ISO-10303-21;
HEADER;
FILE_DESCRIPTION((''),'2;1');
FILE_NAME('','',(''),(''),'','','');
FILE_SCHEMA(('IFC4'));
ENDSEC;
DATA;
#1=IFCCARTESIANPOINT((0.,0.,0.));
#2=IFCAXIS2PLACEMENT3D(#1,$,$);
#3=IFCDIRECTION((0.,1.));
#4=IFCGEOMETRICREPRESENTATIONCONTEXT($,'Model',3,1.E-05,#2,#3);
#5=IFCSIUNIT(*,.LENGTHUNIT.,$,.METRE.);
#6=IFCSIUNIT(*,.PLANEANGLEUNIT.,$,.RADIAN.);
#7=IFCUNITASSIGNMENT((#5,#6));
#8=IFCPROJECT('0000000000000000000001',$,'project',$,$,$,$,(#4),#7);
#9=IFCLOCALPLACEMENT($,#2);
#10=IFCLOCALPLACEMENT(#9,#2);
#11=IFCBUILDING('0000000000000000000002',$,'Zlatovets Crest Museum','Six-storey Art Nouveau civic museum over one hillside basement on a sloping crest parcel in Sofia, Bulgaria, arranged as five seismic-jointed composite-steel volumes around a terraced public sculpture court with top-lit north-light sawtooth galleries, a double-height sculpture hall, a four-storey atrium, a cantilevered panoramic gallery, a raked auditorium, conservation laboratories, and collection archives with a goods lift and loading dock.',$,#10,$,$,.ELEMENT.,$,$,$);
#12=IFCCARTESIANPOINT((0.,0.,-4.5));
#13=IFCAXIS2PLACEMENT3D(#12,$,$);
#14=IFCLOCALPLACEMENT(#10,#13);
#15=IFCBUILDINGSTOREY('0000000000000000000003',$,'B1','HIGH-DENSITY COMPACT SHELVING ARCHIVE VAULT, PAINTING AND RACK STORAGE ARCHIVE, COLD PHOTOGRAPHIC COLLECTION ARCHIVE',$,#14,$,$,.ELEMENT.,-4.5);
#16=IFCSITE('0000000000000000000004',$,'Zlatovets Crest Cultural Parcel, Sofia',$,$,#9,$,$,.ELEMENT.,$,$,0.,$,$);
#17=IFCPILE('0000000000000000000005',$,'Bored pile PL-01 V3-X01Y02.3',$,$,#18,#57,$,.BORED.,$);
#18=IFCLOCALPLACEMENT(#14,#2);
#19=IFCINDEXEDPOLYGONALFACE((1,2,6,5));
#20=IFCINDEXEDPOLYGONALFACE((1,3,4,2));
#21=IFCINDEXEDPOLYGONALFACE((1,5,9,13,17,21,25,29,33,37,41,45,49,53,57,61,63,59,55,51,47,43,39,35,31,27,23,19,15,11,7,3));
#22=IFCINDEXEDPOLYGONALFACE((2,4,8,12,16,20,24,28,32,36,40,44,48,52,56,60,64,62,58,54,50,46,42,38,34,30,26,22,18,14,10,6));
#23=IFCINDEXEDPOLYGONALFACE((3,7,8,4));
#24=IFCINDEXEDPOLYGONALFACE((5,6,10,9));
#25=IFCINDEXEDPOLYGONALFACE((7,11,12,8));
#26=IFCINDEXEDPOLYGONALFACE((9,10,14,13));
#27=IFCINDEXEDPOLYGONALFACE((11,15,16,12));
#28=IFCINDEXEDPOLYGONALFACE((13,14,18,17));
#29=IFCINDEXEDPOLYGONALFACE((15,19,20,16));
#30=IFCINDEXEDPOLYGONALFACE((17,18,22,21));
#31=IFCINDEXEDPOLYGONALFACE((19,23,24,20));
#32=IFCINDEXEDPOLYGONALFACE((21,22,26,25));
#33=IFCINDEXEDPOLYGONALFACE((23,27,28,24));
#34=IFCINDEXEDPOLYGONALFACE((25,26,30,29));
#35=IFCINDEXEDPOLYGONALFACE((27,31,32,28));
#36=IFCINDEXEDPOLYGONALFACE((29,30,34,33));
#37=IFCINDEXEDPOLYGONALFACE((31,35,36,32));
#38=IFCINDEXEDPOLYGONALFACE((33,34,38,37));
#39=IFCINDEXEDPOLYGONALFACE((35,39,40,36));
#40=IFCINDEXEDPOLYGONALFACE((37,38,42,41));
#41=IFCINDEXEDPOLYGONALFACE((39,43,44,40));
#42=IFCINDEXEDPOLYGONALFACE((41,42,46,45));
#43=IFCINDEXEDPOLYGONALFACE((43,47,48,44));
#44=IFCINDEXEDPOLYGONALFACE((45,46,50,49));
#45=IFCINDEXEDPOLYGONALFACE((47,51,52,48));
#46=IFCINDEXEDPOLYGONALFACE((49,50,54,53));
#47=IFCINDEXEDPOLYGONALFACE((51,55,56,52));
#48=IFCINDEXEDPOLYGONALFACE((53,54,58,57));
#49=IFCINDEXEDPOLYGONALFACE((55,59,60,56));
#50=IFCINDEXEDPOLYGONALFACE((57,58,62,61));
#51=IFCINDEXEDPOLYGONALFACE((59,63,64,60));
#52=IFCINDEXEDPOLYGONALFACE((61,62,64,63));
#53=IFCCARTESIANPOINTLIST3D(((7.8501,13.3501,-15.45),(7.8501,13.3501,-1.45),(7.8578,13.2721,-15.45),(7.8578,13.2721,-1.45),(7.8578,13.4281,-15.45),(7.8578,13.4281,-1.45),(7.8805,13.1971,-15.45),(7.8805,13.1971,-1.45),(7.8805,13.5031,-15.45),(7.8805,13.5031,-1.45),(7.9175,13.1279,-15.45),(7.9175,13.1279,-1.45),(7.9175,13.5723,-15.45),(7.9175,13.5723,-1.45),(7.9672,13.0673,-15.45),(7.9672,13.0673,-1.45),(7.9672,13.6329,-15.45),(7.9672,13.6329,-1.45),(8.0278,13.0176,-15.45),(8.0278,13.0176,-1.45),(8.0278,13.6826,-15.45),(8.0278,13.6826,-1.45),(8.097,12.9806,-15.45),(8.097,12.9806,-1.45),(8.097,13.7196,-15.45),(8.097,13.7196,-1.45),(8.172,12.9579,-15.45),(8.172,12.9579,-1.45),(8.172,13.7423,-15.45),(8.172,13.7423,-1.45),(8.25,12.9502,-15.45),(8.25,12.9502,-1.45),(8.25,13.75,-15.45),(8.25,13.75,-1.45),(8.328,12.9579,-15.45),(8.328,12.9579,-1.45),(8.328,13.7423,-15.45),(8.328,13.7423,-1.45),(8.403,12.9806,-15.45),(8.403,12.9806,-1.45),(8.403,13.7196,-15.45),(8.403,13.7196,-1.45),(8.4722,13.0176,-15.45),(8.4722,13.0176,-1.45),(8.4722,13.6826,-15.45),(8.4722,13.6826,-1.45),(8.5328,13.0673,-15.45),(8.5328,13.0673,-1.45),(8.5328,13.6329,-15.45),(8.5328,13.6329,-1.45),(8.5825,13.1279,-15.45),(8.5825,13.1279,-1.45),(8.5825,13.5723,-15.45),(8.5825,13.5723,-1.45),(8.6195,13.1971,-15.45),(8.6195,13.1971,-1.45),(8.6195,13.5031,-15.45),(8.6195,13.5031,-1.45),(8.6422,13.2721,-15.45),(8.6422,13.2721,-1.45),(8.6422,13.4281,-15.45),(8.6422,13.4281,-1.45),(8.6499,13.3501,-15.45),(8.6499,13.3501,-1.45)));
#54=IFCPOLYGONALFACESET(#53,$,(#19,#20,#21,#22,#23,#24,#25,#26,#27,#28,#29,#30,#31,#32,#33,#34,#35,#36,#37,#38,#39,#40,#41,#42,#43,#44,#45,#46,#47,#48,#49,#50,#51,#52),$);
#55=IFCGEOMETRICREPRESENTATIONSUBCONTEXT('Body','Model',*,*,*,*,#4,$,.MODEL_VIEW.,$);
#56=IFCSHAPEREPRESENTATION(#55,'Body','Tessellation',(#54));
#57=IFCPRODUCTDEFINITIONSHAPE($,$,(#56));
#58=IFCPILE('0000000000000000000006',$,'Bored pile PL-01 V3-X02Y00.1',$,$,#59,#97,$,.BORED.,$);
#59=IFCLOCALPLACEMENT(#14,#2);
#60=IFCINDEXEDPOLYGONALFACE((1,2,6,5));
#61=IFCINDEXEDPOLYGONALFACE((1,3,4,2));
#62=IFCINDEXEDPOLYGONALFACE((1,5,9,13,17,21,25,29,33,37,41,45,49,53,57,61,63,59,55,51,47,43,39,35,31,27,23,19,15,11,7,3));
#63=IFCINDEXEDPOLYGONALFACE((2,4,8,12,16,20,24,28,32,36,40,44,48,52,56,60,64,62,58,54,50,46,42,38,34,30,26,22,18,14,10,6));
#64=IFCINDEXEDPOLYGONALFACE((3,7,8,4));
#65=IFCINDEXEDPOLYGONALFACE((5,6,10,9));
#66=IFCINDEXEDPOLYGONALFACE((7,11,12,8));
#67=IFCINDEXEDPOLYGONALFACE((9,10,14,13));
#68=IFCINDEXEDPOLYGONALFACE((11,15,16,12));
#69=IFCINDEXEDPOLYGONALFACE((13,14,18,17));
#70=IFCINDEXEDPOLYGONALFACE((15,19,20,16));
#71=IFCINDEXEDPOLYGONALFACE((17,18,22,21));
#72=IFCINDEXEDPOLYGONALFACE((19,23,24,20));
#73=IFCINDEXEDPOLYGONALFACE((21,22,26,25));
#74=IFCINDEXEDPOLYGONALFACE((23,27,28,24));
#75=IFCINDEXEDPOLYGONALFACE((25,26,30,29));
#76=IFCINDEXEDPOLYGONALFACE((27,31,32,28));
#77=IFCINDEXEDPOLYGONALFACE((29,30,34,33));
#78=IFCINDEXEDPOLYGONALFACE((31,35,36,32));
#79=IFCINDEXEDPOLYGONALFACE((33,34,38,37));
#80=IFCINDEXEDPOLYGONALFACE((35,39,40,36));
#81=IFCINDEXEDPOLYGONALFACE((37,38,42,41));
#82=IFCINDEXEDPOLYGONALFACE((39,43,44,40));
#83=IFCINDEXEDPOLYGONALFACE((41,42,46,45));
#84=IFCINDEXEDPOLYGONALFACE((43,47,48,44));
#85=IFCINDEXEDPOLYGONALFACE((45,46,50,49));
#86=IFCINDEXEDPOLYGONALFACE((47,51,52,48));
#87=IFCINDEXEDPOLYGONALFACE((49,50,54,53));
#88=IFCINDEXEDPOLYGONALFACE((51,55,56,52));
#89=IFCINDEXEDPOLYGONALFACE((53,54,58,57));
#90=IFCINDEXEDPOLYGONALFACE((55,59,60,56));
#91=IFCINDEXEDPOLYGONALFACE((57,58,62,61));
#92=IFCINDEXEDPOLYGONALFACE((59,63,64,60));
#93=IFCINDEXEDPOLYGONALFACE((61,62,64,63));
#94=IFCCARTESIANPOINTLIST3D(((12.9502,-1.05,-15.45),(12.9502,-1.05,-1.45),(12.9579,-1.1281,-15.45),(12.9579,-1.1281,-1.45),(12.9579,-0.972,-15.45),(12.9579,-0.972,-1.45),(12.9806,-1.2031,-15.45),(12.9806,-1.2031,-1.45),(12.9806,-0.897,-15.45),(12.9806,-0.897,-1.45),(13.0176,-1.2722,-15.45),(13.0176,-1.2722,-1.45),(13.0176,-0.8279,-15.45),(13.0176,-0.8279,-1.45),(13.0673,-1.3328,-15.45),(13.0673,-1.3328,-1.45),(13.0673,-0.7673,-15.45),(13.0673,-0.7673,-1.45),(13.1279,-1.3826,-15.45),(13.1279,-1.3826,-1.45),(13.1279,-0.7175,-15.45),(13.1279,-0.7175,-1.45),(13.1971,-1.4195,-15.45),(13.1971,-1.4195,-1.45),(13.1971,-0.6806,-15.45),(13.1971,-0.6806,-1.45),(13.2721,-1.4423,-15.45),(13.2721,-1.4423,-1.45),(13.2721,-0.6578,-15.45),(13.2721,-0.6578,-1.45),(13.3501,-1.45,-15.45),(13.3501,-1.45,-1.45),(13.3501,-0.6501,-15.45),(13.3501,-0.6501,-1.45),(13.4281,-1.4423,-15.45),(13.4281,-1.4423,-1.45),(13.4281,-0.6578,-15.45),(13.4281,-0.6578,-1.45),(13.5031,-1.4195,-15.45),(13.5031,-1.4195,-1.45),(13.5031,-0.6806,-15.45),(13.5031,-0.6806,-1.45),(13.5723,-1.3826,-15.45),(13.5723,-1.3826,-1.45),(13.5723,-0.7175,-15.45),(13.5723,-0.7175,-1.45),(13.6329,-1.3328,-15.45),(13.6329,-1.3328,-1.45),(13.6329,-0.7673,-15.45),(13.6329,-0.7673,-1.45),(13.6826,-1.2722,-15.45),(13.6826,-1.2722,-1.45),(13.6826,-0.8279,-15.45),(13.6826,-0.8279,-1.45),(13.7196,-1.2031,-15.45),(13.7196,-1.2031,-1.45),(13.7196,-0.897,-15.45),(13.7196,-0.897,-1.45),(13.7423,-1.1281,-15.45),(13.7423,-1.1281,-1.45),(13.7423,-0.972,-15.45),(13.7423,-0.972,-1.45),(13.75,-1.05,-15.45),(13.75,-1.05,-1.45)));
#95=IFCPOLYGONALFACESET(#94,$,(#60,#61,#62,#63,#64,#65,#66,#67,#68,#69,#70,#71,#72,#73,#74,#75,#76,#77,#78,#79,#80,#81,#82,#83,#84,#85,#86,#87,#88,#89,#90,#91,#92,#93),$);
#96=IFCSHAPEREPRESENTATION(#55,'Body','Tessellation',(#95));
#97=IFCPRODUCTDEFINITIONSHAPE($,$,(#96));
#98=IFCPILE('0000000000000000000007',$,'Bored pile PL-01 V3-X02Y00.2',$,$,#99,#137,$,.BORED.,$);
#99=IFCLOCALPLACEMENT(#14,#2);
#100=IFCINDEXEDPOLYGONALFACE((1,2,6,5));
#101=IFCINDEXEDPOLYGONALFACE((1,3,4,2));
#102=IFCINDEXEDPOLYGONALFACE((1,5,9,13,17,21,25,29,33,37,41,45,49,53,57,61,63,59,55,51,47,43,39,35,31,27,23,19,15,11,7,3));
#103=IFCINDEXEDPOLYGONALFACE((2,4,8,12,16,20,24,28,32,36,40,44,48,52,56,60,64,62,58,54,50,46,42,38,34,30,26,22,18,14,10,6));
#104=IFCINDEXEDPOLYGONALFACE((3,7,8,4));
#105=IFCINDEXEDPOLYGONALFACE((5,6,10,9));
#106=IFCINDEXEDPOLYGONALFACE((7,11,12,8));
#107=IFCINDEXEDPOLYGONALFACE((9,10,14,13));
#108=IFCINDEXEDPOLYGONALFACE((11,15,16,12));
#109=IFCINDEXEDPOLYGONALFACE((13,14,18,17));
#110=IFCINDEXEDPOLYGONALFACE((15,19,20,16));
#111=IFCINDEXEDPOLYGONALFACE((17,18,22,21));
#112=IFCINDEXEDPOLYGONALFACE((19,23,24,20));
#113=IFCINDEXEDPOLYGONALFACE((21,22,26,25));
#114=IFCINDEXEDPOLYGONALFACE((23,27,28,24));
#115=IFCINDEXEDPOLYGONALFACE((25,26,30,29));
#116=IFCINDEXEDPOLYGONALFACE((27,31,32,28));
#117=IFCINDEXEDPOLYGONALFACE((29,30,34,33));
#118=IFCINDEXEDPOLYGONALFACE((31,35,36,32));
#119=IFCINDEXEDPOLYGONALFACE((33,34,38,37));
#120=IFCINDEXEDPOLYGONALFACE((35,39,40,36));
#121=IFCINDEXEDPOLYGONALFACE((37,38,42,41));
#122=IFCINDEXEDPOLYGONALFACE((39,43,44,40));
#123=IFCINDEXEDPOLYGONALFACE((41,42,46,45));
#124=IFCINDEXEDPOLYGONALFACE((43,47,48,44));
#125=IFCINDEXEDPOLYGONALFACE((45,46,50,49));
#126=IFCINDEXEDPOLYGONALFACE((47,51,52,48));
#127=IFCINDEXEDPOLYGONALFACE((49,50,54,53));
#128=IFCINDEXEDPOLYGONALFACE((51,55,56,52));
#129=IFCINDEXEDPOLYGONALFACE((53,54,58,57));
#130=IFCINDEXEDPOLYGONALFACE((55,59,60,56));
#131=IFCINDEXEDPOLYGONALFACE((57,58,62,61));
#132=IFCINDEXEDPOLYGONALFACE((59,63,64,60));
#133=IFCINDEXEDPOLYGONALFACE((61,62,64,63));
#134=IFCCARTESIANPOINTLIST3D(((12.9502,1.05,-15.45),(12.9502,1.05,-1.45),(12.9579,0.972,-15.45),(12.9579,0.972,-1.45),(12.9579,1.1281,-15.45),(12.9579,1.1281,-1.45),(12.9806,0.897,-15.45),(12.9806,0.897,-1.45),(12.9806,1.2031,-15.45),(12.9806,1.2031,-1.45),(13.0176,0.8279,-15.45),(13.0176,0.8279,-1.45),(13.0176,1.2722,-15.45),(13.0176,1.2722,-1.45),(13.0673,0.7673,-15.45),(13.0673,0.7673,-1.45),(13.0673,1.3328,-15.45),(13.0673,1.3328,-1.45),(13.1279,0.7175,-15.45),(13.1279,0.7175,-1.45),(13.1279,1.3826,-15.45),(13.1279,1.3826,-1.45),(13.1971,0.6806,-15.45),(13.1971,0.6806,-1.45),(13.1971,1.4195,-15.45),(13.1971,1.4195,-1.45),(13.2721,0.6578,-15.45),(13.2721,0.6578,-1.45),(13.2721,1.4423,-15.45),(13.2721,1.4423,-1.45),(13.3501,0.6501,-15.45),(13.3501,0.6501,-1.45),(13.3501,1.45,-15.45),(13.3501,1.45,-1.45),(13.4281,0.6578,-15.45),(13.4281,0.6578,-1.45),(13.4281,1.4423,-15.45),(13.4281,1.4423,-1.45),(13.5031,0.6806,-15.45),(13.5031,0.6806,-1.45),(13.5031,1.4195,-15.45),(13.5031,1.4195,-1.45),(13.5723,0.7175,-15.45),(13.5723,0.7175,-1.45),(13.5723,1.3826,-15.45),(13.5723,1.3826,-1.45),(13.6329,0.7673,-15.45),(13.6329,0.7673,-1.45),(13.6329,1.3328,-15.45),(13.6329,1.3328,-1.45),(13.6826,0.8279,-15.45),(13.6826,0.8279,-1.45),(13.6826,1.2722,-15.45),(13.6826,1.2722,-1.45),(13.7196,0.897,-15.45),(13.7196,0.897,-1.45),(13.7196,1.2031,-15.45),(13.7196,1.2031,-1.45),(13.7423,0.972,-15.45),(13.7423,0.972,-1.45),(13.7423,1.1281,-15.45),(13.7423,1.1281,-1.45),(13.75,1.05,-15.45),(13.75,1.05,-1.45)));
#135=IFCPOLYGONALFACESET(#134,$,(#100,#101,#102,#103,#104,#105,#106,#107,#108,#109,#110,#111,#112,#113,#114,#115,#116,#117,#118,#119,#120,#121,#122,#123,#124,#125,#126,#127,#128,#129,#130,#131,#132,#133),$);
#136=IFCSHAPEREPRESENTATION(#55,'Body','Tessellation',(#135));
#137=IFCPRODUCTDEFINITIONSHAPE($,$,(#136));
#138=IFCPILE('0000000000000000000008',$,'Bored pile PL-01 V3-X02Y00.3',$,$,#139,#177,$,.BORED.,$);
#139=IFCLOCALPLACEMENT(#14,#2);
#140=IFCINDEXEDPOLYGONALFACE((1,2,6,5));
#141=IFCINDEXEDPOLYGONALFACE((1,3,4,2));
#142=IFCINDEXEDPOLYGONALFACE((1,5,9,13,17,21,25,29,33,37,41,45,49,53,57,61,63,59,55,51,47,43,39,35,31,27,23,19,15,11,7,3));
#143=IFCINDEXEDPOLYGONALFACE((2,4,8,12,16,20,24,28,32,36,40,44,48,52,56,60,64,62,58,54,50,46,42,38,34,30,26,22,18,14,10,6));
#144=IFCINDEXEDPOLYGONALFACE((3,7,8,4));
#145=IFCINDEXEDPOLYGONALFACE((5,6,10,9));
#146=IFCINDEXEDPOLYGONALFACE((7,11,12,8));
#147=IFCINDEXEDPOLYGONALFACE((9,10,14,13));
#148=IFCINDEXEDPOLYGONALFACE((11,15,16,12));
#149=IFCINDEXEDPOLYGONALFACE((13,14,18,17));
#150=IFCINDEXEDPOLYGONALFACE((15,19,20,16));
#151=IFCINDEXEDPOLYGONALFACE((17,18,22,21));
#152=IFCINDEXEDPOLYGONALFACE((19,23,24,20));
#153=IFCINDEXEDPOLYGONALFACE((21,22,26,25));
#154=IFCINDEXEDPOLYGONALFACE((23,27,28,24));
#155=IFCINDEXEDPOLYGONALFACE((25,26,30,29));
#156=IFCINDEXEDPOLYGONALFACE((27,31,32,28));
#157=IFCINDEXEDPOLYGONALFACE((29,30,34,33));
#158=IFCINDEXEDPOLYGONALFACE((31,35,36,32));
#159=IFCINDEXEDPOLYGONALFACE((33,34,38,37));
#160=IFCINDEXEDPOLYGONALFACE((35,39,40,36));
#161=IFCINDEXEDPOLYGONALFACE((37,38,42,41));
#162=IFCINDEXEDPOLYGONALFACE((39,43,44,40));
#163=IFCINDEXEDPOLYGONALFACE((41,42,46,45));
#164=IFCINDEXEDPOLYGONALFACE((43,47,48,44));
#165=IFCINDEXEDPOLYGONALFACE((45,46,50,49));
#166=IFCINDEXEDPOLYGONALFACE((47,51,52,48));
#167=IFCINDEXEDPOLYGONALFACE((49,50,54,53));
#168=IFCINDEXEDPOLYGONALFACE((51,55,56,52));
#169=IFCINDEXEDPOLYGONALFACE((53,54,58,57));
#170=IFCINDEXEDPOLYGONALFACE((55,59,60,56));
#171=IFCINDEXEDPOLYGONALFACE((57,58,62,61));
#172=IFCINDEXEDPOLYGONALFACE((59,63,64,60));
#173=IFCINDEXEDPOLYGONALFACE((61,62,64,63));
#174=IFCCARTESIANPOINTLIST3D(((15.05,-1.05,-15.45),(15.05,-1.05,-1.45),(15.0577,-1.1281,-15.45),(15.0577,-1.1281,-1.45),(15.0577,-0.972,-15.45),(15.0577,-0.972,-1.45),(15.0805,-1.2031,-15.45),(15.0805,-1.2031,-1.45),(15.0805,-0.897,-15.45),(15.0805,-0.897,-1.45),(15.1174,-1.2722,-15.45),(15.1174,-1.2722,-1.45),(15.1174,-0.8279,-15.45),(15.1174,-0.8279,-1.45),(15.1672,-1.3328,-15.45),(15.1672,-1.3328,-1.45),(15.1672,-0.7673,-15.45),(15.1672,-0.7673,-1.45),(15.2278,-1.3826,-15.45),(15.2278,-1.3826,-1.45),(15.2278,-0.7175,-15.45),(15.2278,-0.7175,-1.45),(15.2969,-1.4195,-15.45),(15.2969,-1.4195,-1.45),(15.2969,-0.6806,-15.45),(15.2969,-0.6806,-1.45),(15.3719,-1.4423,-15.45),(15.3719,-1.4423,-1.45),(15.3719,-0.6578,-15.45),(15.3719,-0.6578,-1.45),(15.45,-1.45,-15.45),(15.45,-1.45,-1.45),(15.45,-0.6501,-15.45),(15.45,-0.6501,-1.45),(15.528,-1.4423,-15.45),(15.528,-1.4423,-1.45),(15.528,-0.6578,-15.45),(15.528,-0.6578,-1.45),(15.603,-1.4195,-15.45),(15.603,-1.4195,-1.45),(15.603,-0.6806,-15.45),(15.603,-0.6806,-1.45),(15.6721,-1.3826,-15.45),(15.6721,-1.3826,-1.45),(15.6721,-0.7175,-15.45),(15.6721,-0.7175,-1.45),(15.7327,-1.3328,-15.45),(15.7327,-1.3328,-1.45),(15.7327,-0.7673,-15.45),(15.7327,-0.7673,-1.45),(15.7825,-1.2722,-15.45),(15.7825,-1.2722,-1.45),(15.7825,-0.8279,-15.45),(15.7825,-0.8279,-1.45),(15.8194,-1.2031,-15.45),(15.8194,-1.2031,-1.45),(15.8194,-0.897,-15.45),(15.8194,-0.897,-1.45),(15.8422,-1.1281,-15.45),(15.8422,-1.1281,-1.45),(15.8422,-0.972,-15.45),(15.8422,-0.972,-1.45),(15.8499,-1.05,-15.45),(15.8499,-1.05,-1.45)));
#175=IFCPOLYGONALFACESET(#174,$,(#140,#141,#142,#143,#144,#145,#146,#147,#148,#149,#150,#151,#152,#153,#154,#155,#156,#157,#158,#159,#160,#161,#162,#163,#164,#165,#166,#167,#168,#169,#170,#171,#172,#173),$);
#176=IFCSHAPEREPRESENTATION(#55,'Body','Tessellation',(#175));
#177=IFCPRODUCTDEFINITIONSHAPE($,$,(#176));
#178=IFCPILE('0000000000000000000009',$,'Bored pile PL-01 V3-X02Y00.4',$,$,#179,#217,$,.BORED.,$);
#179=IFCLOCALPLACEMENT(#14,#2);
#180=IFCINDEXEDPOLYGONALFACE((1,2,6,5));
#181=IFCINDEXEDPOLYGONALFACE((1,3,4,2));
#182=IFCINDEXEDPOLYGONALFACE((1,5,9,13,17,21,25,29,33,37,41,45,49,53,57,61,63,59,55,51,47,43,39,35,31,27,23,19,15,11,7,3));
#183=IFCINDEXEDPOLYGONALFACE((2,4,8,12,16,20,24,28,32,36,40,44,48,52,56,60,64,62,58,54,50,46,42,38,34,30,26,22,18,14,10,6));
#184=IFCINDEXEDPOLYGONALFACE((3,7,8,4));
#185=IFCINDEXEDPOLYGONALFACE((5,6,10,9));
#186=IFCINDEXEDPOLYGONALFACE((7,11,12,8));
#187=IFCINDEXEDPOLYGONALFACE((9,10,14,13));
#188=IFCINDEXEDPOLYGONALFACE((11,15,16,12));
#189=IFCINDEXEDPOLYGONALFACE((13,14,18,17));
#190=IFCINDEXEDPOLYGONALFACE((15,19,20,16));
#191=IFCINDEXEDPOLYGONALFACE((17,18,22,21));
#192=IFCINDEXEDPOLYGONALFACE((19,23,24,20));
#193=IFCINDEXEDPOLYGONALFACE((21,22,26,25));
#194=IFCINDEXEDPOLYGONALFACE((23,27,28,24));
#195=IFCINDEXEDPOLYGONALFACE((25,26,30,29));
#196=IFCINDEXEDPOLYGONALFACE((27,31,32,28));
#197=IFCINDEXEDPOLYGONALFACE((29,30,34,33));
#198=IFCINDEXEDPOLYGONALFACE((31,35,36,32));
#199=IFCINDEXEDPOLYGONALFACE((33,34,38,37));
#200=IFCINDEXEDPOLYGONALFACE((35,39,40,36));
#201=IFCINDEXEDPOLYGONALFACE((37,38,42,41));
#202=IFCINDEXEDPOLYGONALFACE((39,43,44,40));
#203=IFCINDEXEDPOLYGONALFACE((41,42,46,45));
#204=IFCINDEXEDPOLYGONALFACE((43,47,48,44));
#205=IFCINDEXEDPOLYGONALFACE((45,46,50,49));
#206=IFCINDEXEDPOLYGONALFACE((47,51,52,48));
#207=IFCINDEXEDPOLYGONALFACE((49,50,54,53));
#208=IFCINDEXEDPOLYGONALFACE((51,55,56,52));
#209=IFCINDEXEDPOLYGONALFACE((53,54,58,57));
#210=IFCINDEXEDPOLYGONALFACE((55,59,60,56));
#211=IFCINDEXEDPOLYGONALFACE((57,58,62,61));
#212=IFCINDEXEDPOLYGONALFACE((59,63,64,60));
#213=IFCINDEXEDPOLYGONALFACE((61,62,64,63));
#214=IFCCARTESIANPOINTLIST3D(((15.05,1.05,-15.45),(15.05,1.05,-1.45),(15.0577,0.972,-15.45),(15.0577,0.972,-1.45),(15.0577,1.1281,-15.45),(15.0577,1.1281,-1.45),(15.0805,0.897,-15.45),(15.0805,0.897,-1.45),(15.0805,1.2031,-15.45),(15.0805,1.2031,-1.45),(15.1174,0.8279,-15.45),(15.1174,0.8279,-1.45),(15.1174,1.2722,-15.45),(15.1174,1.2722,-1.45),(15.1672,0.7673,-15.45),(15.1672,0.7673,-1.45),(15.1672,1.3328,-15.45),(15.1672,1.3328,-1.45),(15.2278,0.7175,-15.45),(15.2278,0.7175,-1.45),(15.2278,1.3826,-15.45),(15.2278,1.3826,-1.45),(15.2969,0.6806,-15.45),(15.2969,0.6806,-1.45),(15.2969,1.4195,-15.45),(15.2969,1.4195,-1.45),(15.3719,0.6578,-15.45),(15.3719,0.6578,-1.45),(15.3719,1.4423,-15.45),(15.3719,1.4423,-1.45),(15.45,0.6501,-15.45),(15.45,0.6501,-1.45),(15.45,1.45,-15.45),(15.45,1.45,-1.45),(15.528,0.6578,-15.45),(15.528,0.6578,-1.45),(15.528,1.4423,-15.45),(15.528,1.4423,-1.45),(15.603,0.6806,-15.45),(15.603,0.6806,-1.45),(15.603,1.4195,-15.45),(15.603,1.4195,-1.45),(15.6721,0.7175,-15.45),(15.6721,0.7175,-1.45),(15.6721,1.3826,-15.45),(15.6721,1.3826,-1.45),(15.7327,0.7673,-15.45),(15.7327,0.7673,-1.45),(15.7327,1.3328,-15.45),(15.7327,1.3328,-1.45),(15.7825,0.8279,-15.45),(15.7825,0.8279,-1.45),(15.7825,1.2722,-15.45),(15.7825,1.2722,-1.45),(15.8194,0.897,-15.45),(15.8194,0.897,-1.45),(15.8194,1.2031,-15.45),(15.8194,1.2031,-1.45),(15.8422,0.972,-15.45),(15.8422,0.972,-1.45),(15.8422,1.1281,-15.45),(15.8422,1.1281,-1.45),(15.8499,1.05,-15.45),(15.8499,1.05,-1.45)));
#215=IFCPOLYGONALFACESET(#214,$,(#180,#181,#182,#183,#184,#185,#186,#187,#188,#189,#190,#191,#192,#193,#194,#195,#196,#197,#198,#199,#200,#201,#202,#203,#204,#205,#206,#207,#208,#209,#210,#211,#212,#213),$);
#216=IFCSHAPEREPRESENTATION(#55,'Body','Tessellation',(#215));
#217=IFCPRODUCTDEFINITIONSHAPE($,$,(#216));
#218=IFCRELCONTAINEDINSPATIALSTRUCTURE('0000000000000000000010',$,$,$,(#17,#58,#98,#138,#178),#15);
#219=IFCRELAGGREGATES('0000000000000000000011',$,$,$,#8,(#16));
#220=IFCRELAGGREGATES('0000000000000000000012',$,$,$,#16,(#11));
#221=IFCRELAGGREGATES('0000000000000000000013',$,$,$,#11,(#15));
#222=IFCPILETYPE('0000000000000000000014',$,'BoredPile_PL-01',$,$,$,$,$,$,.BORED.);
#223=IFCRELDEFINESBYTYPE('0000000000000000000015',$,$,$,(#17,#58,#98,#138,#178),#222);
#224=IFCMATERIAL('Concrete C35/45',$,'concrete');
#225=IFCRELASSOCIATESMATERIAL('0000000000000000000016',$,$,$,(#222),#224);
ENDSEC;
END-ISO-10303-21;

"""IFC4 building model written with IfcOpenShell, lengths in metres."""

from ifc_helpers import new_model, si_unit, direction, frame, origin, origin_2d, place, context, subcontext, project, spatial, circle, extrude, material, material_profile, profile_set, type_object, element, save


model = new_model("IFC4")

# Units and contexts
model_context = context("Model", 3, precision=1e-05, world=origin(), true_north=direction((0.0, 1.0)))
body_context = subcontext(model_context, "Body", "Model", "MODEL_VIEW")
ifc_project = project(units=[si_unit("LENGTHUNIT", "METRE"), si_unit("PLANEANGLEUNIT", "RADIAN")], contexts=[model_context])

# Site, building, storey
site_placement = place(None, origin())
site = spatial("IfcSite", under=ifc_project, at=site_placement, Name="Zlatovets Crest Cultural Parcel, Sofia", CompositionType="ELEMENT", RefElevation=0.0)
building_placement = place(site_placement, origin())
building = spatial("IfcBuilding", under=site, at=building_placement, Name="Zlatovets Crest Museum", Description="Six-storey Art Nouveau civic museum over one hillside basement on a sloping crest parcel in Sofia, Bulgaria, arranged as five seismic-jointed composite-steel volumes around a terraced public sculpture court with top-lit north-light sawtooth galleries, a double-height sculpture hall, a four-storey atrium, a cantilevered panoramic gallery, a raked auditorium, conservation laboratories, and collection archives with a goods lift and loading dock.", CompositionType="ELEMENT")
storey_placement = place(building_placement, frame((0.0, 0.0, -4.5)))
storey = spatial("IfcBuildingStorey", under=building, at=storey_placement, Name="B1", Description="HIGH-DENSITY COMPACT SHELVING ARCHIVE VAULT, PAINTING AND RACK STORAGE ARCHIVE, COLD PHOTOGRAPHIC COLLECTION ARCHIVE", CompositionType="ELEMENT", Elevation=-4.5)

# Piles
ifc_material_1 = material(Name="Concrete C35/45", Category="concrete")
ifc_material_profile_1 = material_profile(ifc_material_1, circle(Radius=0.3999, at=origin_2d()), Name="PILE D800")
ifc_profile_set_1 = profile_set([ifc_material_profile_1], Name="Concrete C35/45")
pile_type = type_object("IfcPileType", Name="BoredPile_PL-01", PredefinedType="BORED", material=ifc_profile_set_1)
for number, where, z_axis, x_axis, name in (
    (1, (8.25, 13.3501, -1.45), (0.0, 0.0, -1.0), (1.0, 0.0, 0.0), "Bored pile PL-01 V3-X01Y02.3"),
    (2, (13.3501, -1.05, -1.45), (0.0, 0.0, -1.0), (1.0, 0.0, 0.0), "Bored pile PL-01 V3-X02Y00.1"),
    (3, (13.3501, 1.05, -1.45), (0.0, 0.0, -1.0), (1.0, 0.0, 0.0), "Bored pile PL-01 V3-X02Y00.2"),
    (4, (15.45, -1.05, -1.45), (0.0, 0.0, -1.0), (1.0, 0.0, 0.0), "Bored pile PL-01 V3-X02Y00.3"),
    (5, (15.45, 1.05, -1.45), (0.0, 0.0, -1.0), (1.0, 0.0, 0.0), "Bored pile PL-01 V3-X02Y00.4"),
):
    element("IfcPile", number, at=place(storey_placement, frame(where, z_axis=z_axis, x_axis=x_axis)), inside=storey, type_object=pile_type, Name=name, PredefinedType="BORED", context=body_context, shape_type="SweptSolid", body=[
        extrude(circle(Radius=0.3999, at=origin_2d()), origin(), (0.0, 0.0, 1.0), 14.0),
    ])

save(model, "model.ifc")
